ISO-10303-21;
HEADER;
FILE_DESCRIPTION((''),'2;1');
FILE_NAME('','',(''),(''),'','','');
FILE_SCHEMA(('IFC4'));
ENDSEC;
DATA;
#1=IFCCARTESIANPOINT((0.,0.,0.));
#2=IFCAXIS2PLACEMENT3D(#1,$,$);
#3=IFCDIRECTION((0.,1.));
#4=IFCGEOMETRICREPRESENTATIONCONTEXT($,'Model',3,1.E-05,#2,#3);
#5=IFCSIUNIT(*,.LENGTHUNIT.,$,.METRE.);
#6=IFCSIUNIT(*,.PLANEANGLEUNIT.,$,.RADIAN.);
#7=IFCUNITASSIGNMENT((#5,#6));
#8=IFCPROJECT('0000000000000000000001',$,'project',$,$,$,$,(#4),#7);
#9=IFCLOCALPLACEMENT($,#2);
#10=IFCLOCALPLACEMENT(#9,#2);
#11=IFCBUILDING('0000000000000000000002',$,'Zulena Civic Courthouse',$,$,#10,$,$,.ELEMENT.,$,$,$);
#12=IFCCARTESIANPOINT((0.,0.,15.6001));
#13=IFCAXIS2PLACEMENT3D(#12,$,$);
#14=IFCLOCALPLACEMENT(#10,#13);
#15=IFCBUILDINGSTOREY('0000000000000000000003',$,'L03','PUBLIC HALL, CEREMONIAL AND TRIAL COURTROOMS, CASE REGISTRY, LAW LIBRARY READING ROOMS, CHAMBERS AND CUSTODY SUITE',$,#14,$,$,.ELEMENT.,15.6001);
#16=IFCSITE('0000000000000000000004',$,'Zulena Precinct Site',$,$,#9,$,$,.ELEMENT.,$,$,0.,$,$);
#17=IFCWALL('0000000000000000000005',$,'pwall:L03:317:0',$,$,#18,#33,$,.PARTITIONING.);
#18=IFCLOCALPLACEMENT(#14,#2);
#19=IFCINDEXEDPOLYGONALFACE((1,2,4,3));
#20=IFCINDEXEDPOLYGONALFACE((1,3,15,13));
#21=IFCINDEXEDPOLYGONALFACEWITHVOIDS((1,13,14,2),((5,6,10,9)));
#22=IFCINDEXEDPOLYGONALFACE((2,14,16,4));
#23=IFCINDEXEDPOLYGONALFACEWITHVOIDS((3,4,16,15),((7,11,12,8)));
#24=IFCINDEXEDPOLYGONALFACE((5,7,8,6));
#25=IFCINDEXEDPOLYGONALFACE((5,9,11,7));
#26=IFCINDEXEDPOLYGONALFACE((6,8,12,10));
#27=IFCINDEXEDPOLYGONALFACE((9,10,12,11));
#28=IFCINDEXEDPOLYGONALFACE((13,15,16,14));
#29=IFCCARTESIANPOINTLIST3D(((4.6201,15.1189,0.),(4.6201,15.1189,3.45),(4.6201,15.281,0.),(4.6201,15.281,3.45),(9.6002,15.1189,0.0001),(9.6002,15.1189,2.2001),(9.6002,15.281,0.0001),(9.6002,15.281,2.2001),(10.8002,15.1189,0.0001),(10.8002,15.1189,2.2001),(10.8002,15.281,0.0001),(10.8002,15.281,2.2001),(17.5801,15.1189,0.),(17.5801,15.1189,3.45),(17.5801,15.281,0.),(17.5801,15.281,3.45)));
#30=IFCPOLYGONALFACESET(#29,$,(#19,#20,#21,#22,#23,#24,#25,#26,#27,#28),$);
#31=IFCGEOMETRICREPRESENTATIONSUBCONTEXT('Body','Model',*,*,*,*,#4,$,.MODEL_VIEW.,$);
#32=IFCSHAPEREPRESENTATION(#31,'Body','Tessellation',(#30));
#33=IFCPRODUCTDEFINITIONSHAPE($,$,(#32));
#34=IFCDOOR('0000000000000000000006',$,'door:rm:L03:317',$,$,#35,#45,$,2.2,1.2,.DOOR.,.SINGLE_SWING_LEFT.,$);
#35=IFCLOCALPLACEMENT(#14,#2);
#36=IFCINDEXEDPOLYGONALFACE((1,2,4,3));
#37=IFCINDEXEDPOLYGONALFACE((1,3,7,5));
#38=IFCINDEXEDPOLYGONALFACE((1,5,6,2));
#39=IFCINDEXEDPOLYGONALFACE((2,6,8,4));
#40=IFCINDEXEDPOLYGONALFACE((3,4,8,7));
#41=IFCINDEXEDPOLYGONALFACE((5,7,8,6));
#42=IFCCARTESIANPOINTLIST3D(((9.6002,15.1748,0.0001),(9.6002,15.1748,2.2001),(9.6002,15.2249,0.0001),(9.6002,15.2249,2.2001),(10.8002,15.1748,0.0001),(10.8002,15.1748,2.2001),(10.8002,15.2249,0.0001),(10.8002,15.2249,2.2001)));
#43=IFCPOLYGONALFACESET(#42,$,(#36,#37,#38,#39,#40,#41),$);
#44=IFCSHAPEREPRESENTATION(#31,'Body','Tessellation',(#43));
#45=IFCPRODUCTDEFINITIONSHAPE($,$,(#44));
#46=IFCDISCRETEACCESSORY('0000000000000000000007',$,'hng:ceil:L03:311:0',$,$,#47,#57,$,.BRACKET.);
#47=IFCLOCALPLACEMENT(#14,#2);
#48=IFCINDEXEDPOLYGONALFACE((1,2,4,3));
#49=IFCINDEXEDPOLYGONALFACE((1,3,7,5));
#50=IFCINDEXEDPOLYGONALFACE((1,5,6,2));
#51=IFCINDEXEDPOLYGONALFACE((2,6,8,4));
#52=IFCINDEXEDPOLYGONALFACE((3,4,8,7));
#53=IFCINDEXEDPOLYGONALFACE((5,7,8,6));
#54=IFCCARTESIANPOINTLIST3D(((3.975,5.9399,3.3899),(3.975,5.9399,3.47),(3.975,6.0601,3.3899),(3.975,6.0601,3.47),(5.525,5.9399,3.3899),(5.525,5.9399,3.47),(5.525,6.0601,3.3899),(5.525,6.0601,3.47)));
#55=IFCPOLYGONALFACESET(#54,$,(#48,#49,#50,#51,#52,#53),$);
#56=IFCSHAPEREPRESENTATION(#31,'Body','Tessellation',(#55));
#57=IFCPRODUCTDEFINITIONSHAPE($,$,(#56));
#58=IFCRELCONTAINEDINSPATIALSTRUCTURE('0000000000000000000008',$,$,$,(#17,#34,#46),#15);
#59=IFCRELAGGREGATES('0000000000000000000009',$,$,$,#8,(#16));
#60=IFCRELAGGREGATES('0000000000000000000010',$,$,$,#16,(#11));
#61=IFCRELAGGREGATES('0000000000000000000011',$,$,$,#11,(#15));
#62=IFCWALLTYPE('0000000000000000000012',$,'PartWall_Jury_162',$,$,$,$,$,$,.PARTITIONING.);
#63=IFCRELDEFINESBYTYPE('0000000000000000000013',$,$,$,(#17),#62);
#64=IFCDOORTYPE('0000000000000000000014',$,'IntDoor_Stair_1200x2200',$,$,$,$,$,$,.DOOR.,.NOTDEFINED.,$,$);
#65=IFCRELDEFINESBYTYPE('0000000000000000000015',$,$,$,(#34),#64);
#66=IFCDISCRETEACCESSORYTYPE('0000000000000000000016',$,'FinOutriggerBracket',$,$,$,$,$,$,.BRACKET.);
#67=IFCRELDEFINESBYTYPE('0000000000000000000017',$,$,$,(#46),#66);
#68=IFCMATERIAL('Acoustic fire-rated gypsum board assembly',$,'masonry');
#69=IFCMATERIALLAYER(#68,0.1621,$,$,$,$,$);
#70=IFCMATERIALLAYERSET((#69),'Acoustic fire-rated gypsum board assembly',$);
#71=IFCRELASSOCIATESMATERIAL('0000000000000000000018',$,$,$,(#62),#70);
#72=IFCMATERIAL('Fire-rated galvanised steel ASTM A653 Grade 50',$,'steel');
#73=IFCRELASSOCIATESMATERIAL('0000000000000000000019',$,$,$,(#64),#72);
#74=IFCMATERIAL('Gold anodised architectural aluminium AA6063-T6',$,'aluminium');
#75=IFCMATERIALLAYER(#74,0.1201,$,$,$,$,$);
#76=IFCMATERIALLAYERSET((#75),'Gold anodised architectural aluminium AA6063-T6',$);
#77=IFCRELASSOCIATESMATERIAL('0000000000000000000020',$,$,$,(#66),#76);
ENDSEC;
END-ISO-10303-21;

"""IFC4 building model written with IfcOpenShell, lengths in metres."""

from ifc_helpers import new_model, si_unit, direction, frame, frame_2d, origin, origin_2d, place, context, subcontext, project, spatial, rectangle, extrude, material, layer, layer_set, type_object, element, fill, save


model = new_model("IFC4")

# Units and contexts
model_context = context("Model", 3, precision=1e-05, world=origin(), true_north=direction((0.0, 1.0)))
body_context = subcontext(model_context, "Body", "Model", "MODEL_VIEW")
ifc_project = project(units=[si_unit("LENGTHUNIT", "METRE"), si_unit("PLANEANGLEUNIT", "RADIAN")], contexts=[model_context])

# Site, building, storey
site_placement = place(None, origin())
site = spatial("IfcSite", under=ifc_project, at=site_placement, Name="Zulena Precinct Site", CompositionType="ELEMENT", RefElevation=0.0)
building_placement = place(site_placement, origin())
building = spatial("IfcBuilding", under=site, at=building_placement, Name="Zulena Civic Courthouse", CompositionType="ELEMENT")
storey_placement = place(building_placement, frame((0.0, 0.0, 15.6001)))
storey = spatial("IfcBuildingStorey", under=building, at=storey_placement, Name="L03", Description="PUBLIC HALL, CEREMONIAL AND TRIAL COURTROOMS, CASE REGISTRY, LAW LIBRARY READING ROOMS, CHAMBERS AND CUSTODY SUITE", CompositionType="ELEMENT", Elevation=15.6001)

# Wall, opening, door
ifc_material_1 = material(Name="Acoustic fire-rated gypsum board assembly", Category="masonry")
ifc_layer_1 = layer(ifc_material_1, 0.1621)
ifc_layer_set_1 = layer_set([ifc_layer_1], Name="Acoustic fire-rated gypsum board assembly")
wall_type_1 = type_object("IfcWallType", Name="PartWall_Jury_162", PredefinedType="PARTITIONING", material=ifc_layer_set_1)
wall_1_placement = place(storey_placement, frame((4.6201, 15.2, 0.0), z_axis=(0.0, 0.0, 1.0), x_axis=(1.0, 0.0, 0.0)))
wall_1 = element("IfcWall", 1, at=wall_1_placement, inside=storey, type_object=wall_type_1, Name="pwall:L03:317:0", PredefinedType="PARTITIONING", context=body_context, shape_type="SweptSolid", body=[
    extrude(rectangle(XDim=12.96, YDim=0.1621, at=frame_2d((6.48, 0.0))), origin(), (0.0, 0.0, 1.0), 3.45),
])
opening_1_placement = place(wall_1_placement, frame((4.98, 0.0, 0.0)))
opening_1 = element("IfcOpeningElement", 2, at=opening_1_placement, cuts=wall_1, PredefinedType="OPENING", context=body_context, shape_type="SweptSolid", body=[
    extrude(rectangle(XDim=1.2, YDim=2.2, at=frame_2d((0.6001, 1.1001))), frame((0.0, 0.0911, 0.0), z_axis=(0.0, -1.0, 0.0), x_axis=(1.0, 0.0, 0.0)), (0.0, 0.0, 1.0), 0.1821),
])
ifc_material_2 = material(Name="Fire-rated galvanised steel ASTM A653 Grade 50", Category="steel")
door_type_1 = type_object("IfcDoorType", Name="IntDoor_Stair_1200x2200", OperationType="NOTDEFINED", PredefinedType="DOOR", material=ifc_material_2)
door_1_placement = place(opening_1_placement, origin())
door_1 = element("IfcDoor", 3, at=door_1_placement, inside=storey, type_object=door_type_1, Name="door:rm:L03:317", OperationType="SINGLE_SWING_LEFT", OverallHeight=2.2, OverallWidth=1.2, PredefinedType="DOOR", context=body_context, shape_type="SweptSolid", body=[
    extrude(rectangle(XDim=1.2, YDim=2.2, at=frame_2d((0.6001, 1.1001))), frame((0.0, 0.0249, 0.0), z_axis=(0.0, -1.0, 0.0), x_axis=(1.0, 0.0, 0.0)), (0.0, 0.0, 1.0), 0.05),
])
fill(opening_1, door_1)

# Discrete accessory
ifc_material_3 = material(Name="Gold anodised architectural aluminium AA6063-T6", Category="aluminium")
ifc_layer_2 = layer(ifc_material_3, 0.1201)
ifc_layer_set_2 = layer_set([ifc_layer_2], Name="Gold anodised architectural aluminium AA6063-T6")
discrete_accessory_type = type_object("IfcDiscreteAccessoryType", Name="FinOutriggerBracket", PredefinedType="BRACKET", material=ifc_layer_set_2)
discrete_accessory_placement = place(storey_placement, frame((4.75, 6.0, 3.3899), z_axis=(0.0, 0.0, 1.0), x_axis=(1.0, 0.0, 0.0)))
element("IfcDiscreteAccessory", 4, at=discrete_accessory_placement, inside=storey, type_object=discrete_accessory_type, Name="hng:ceil:L03:311:0", PredefinedType="BRACKET", context=body_context, shape_type="SweptSolid", body=[
    extrude(rectangle(XDim=1.55, YDim=0.1201, at=origin_2d()), origin(), (0.0, 0.0, 1.0), 0.0801),
])

save(model, "model.ifc")
